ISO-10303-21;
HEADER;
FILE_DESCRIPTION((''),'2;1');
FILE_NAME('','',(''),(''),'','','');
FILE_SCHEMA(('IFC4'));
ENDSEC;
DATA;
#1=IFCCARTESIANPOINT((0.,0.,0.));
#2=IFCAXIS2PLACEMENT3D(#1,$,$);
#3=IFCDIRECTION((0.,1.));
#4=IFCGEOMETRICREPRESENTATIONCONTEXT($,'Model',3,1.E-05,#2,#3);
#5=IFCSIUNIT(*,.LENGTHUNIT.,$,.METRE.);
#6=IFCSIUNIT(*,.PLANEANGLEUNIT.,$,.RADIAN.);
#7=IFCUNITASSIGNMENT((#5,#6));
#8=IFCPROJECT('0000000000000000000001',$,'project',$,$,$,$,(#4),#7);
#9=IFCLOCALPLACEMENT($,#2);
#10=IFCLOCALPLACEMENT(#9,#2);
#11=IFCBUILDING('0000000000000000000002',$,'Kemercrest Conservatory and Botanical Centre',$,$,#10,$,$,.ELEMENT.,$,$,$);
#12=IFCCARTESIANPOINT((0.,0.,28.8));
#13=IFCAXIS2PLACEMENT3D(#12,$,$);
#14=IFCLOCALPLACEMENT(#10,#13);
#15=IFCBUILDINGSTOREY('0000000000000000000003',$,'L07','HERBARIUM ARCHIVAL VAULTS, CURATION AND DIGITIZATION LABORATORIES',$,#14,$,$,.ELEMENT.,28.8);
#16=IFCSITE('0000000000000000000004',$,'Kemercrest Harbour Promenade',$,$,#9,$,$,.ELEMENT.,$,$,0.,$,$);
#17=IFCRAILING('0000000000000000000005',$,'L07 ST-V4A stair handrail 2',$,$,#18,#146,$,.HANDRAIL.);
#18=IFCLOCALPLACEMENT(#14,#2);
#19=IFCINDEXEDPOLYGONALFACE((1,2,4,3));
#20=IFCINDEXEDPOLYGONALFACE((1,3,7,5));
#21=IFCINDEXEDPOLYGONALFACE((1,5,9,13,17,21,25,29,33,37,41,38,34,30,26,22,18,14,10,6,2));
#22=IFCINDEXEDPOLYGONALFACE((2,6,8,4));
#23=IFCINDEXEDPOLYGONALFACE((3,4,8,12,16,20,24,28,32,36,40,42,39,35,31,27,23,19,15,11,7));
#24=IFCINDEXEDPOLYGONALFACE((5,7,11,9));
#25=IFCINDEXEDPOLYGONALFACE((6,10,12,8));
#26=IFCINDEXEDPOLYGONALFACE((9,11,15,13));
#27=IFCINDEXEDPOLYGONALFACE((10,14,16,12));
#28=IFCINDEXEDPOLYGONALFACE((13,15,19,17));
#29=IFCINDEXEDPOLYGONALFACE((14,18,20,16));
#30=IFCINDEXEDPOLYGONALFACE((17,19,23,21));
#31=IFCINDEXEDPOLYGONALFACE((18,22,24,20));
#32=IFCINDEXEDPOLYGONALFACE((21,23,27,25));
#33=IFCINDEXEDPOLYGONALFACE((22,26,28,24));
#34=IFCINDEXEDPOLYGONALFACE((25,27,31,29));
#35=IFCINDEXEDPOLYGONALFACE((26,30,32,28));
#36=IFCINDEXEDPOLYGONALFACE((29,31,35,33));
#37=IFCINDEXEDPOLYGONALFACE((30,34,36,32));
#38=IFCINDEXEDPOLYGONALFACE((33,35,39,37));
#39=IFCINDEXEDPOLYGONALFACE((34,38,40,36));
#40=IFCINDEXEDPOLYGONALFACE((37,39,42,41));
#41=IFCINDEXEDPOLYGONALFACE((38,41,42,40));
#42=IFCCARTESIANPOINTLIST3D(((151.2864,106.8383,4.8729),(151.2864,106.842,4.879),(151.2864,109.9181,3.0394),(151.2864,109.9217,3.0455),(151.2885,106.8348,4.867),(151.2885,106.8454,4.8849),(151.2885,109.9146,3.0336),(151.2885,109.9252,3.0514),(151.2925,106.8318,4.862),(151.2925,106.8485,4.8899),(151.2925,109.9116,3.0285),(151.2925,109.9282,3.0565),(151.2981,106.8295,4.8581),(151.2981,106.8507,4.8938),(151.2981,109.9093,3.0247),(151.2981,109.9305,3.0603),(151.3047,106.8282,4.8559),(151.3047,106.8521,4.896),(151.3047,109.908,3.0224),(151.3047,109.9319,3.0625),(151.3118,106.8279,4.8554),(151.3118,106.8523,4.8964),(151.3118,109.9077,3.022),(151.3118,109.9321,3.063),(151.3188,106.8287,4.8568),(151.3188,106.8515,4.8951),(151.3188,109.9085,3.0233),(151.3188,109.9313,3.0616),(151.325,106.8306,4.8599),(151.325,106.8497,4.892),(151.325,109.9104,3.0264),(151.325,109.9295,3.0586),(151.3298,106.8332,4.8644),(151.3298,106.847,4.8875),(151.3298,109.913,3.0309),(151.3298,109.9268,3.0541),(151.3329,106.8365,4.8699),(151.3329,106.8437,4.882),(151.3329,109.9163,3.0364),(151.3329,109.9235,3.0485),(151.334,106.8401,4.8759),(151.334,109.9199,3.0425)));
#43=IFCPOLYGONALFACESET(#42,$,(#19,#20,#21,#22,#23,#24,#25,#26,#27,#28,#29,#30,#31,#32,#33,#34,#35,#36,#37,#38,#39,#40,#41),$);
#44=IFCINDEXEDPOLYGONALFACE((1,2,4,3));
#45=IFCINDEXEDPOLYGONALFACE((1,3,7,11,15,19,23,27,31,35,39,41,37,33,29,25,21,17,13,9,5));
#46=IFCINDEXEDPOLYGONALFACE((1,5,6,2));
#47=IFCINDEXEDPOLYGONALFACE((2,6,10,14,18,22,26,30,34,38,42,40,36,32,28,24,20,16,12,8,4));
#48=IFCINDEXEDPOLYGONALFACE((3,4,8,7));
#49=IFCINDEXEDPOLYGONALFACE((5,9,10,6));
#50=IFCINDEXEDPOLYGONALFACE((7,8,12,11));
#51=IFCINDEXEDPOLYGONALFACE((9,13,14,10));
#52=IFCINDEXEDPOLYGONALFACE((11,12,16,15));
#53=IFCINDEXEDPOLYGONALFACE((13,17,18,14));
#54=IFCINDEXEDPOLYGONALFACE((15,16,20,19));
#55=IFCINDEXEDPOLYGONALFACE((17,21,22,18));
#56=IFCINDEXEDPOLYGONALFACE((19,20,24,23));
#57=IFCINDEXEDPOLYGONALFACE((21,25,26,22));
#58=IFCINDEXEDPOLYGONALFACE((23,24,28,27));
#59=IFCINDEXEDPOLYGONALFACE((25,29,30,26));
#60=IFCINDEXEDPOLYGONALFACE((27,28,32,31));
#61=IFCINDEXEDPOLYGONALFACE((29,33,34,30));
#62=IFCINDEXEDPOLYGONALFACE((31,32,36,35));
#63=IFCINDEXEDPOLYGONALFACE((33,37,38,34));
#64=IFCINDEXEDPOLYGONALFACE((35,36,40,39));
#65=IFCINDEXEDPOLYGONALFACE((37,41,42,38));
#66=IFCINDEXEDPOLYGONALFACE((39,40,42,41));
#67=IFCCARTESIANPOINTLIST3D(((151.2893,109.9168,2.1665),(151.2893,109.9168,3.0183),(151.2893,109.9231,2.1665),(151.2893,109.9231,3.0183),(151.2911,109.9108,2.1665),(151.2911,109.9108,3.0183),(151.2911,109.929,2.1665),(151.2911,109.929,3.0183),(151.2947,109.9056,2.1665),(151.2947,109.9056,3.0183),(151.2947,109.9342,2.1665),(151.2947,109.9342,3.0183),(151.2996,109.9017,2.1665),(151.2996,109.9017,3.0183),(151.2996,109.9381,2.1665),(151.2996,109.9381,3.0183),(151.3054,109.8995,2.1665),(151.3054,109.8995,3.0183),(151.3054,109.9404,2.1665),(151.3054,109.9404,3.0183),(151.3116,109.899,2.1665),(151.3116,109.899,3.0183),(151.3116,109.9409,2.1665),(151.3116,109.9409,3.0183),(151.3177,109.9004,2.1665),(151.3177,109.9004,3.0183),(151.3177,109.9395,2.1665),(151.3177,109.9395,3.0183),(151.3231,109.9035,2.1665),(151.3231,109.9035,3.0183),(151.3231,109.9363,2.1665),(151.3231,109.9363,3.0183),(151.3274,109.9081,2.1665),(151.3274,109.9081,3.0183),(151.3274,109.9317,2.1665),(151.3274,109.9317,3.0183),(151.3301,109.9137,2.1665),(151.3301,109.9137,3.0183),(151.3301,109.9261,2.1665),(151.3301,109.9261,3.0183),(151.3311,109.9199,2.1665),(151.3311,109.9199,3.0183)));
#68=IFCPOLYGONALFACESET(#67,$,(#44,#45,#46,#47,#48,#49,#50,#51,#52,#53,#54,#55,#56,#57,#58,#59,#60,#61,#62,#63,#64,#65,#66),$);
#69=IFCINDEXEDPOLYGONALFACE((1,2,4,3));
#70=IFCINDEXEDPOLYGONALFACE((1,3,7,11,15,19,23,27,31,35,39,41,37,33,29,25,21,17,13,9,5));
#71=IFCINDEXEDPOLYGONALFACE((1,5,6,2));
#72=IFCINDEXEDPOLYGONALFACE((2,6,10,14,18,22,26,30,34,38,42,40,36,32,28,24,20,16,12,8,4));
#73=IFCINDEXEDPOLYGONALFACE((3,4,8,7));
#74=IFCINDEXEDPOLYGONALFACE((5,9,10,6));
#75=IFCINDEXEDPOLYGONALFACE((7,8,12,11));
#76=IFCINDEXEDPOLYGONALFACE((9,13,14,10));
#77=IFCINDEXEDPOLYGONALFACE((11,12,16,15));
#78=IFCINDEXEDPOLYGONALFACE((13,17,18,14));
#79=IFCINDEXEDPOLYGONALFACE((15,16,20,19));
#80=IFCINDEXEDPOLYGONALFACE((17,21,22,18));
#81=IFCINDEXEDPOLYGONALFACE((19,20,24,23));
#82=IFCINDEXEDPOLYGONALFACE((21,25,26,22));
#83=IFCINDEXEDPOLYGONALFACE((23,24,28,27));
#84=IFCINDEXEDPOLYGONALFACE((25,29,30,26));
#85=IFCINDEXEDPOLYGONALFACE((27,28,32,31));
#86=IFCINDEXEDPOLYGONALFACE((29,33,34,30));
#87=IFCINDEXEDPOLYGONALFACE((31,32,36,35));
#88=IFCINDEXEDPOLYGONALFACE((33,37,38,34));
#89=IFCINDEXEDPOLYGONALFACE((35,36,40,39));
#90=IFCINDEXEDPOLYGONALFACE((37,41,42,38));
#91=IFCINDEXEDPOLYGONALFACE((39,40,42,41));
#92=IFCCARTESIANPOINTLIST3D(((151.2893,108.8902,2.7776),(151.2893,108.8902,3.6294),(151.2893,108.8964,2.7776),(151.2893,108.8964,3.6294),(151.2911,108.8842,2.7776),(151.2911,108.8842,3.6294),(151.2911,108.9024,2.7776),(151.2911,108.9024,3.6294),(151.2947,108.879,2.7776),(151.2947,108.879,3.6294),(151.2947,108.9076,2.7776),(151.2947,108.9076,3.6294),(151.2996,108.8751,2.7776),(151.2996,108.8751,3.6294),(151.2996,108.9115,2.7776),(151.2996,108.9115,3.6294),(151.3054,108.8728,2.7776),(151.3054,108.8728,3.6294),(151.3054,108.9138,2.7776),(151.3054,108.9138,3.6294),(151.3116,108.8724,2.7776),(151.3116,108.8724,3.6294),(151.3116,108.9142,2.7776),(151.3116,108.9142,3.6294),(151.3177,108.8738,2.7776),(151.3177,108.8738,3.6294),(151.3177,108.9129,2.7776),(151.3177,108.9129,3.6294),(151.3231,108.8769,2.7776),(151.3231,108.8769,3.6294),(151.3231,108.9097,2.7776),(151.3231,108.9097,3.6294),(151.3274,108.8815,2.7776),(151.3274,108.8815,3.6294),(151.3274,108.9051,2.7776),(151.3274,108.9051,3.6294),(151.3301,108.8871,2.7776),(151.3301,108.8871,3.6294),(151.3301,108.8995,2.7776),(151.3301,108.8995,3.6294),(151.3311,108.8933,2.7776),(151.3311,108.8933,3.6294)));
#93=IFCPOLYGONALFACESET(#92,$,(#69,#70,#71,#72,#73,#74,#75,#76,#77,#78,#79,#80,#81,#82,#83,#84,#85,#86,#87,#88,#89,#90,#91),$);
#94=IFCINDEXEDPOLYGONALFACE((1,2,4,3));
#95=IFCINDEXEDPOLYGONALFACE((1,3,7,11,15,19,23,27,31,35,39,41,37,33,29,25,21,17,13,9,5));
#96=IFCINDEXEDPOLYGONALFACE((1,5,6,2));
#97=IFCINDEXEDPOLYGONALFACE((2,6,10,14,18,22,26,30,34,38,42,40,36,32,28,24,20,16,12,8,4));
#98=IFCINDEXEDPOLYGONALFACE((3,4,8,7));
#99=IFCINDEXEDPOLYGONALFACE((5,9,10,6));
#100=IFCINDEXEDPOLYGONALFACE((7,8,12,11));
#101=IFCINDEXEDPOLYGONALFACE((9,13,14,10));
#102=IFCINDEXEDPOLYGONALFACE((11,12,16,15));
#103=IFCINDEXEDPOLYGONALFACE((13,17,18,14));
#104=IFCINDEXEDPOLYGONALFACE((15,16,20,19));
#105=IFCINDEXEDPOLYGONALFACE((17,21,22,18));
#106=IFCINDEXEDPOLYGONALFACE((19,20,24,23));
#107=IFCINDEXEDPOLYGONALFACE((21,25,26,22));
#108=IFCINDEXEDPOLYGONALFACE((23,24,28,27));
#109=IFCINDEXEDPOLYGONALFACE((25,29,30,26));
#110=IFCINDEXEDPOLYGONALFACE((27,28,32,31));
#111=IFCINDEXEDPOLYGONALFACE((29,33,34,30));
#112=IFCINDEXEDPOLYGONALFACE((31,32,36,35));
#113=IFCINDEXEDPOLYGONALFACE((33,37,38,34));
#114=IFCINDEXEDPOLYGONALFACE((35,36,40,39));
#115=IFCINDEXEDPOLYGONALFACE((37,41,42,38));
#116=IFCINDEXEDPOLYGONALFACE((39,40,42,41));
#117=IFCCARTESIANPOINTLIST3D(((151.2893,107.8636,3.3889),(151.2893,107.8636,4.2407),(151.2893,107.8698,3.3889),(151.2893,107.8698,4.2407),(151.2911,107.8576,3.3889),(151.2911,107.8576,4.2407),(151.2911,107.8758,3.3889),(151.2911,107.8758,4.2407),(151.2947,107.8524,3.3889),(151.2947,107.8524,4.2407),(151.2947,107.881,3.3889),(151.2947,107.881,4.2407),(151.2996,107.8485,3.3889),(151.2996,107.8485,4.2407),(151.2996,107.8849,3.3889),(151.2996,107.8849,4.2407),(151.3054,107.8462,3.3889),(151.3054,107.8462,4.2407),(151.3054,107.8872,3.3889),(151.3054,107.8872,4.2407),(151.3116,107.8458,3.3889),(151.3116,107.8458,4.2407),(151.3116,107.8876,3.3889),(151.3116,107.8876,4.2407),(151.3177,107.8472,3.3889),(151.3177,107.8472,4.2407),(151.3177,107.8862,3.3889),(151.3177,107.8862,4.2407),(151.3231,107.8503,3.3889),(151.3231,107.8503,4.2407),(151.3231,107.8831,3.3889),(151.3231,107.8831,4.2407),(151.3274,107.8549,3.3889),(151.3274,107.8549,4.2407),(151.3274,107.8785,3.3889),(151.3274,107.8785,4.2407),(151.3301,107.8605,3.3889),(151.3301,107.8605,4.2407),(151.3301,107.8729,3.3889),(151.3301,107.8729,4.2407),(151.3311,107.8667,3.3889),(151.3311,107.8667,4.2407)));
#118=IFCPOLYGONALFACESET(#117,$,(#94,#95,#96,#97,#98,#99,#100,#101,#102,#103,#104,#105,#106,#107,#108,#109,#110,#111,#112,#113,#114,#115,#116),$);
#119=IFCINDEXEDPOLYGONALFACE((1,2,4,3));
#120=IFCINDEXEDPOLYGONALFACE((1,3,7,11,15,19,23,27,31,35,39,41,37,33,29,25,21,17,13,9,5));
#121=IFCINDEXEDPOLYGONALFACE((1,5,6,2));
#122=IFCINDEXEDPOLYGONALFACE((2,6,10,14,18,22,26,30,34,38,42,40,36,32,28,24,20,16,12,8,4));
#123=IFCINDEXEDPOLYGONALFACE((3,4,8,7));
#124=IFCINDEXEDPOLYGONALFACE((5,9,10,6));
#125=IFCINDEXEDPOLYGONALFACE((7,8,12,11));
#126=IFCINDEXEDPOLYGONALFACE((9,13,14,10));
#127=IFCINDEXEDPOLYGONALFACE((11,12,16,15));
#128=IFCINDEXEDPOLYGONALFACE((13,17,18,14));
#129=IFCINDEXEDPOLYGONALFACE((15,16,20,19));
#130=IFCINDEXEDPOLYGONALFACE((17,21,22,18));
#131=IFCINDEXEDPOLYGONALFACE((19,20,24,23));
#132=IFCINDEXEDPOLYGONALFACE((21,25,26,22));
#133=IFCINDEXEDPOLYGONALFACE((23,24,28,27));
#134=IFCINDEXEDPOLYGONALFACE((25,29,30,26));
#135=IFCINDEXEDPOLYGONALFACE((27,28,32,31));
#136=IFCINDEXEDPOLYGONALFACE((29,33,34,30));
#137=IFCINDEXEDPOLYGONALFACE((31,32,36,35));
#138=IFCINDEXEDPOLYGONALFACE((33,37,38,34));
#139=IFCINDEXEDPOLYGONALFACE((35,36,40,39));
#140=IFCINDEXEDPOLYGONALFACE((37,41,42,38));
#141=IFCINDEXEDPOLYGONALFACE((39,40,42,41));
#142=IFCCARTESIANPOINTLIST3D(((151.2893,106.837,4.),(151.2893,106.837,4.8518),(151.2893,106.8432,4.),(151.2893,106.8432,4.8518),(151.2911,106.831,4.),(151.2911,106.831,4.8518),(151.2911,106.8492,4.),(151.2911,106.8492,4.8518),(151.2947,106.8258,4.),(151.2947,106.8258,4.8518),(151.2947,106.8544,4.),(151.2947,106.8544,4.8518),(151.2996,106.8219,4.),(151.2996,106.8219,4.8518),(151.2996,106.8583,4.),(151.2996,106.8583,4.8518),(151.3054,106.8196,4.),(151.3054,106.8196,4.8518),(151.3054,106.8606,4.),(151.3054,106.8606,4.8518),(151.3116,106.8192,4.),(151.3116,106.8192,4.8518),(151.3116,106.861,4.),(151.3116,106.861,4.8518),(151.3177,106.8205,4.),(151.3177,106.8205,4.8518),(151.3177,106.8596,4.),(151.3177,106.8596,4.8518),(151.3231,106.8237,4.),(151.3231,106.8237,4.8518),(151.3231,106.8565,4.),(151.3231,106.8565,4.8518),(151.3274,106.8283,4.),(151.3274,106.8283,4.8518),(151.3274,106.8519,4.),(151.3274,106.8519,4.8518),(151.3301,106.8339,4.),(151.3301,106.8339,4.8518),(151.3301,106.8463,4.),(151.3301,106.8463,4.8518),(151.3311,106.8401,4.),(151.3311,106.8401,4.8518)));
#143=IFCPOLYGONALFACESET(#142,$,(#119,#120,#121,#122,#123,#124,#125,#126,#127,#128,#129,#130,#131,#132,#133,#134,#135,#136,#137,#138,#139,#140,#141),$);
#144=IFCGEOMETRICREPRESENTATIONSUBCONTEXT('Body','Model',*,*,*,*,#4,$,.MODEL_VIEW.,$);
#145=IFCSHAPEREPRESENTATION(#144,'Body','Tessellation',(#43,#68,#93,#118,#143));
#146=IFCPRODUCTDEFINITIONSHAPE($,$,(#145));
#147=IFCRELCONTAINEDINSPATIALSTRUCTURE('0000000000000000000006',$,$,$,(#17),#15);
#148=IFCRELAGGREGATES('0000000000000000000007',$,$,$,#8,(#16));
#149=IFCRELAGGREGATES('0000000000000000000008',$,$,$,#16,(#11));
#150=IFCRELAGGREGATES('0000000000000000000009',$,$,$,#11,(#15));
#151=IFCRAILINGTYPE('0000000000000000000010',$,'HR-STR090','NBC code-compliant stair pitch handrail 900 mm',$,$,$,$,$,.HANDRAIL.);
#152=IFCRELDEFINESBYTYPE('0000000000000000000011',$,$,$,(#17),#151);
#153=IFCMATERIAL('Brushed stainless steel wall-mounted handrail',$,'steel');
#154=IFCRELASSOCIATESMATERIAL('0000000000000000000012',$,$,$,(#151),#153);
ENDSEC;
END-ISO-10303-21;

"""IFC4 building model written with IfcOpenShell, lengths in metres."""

from ifc_helpers import new_model, si_unit, direction, frame, origin, origin_2d, place, context, subcontext, project, spatial, circle, extrude, material, type_object, element, save


model = new_model("IFC4")

# Units and contexts
model_context = context("Model", 3, precision=1e-05, world=origin(), true_north=direction((0.0, 1.0)))
body_context = subcontext(model_context, "Body", "Model", "MODEL_VIEW")
ifc_project = project(units=[si_unit("LENGTHUNIT", "METRE"), si_unit("PLANEANGLEUNIT", "RADIAN")], contexts=[model_context])

# Site, building, storey
site_placement = place(None, origin())
site = spatial("IfcSite", under=ifc_project, at=site_placement, Name="Kemercrest Harbour Promenade", CompositionType="ELEMENT", RefElevation=0.0)
building_placement = place(site_placement, origin())
building = spatial("IfcBuilding", under=site, at=building_placement, Name="Kemercrest Conservatory and Botanical Centre", CompositionType="ELEMENT")
storey_placement = place(building_placement, frame((0.0, 0.0, 28.8)))
storey = spatial("IfcBuildingStorey", under=building, at=storey_placement, Name="L07", Description="HERBARIUM ARCHIVAL VAULTS, CURATION AND DIGITIZATION LABORATORIES", CompositionType="ELEMENT", Elevation=28.8)

# Railing
ifc_material_1 = material(Name="Brushed stainless steel wall-mounted handrail", Category="steel")
railing_type_1 = type_object("IfcRailingType", Name="HR-STR090", Description="NBC code-compliant stair pitch handrail 900 mm", PredefinedType="HANDRAIL", material=ifc_material_1)
for number, where, name in (
    (1, (151.3101, 109.9199, 2.1665), "L07 ST-V4A stair handrail 2"),
):
    element("IfcRailing", number, at=place(storey_placement, frame(where)), inside=storey, type_object=railing_type_1, Name=name, PredefinedType="HANDRAIL", context=body_context, shape_type="SweptSolid", body=[
        extrude(circle(Radius=0.0239, at=origin_2d()), frame((0.0, 0.0, 0.876), z_axis=(0.0, -0.859261, 0.511538), x_axis=(1.0, 0.0, 0.0)), (0.0, 0.0, 1.0), 3.5842),
        extrude(circle(Radius=0.021, at=origin_2d()), origin(), (0.0, 0.0, 1.0), 0.8518),
        extrude(circle(Radius=0.021, at=origin_2d()), frame((0.0, -1.0266, 0.6111)), (0.0, 0.0, 1.0), 0.8518),
        extrude(circle(Radius=0.021, at=origin_2d()), frame((0.0, -2.0532, 1.2224)), (0.0, 0.0, 1.0), 0.8518),
        extrude(circle(Radius=0.021, at=origin_2d()), frame((0.0, -3.0798, 1.8335)), (0.0, 0.0, 1.0), 0.8518),
    ])

save(model, "model.ifc")
